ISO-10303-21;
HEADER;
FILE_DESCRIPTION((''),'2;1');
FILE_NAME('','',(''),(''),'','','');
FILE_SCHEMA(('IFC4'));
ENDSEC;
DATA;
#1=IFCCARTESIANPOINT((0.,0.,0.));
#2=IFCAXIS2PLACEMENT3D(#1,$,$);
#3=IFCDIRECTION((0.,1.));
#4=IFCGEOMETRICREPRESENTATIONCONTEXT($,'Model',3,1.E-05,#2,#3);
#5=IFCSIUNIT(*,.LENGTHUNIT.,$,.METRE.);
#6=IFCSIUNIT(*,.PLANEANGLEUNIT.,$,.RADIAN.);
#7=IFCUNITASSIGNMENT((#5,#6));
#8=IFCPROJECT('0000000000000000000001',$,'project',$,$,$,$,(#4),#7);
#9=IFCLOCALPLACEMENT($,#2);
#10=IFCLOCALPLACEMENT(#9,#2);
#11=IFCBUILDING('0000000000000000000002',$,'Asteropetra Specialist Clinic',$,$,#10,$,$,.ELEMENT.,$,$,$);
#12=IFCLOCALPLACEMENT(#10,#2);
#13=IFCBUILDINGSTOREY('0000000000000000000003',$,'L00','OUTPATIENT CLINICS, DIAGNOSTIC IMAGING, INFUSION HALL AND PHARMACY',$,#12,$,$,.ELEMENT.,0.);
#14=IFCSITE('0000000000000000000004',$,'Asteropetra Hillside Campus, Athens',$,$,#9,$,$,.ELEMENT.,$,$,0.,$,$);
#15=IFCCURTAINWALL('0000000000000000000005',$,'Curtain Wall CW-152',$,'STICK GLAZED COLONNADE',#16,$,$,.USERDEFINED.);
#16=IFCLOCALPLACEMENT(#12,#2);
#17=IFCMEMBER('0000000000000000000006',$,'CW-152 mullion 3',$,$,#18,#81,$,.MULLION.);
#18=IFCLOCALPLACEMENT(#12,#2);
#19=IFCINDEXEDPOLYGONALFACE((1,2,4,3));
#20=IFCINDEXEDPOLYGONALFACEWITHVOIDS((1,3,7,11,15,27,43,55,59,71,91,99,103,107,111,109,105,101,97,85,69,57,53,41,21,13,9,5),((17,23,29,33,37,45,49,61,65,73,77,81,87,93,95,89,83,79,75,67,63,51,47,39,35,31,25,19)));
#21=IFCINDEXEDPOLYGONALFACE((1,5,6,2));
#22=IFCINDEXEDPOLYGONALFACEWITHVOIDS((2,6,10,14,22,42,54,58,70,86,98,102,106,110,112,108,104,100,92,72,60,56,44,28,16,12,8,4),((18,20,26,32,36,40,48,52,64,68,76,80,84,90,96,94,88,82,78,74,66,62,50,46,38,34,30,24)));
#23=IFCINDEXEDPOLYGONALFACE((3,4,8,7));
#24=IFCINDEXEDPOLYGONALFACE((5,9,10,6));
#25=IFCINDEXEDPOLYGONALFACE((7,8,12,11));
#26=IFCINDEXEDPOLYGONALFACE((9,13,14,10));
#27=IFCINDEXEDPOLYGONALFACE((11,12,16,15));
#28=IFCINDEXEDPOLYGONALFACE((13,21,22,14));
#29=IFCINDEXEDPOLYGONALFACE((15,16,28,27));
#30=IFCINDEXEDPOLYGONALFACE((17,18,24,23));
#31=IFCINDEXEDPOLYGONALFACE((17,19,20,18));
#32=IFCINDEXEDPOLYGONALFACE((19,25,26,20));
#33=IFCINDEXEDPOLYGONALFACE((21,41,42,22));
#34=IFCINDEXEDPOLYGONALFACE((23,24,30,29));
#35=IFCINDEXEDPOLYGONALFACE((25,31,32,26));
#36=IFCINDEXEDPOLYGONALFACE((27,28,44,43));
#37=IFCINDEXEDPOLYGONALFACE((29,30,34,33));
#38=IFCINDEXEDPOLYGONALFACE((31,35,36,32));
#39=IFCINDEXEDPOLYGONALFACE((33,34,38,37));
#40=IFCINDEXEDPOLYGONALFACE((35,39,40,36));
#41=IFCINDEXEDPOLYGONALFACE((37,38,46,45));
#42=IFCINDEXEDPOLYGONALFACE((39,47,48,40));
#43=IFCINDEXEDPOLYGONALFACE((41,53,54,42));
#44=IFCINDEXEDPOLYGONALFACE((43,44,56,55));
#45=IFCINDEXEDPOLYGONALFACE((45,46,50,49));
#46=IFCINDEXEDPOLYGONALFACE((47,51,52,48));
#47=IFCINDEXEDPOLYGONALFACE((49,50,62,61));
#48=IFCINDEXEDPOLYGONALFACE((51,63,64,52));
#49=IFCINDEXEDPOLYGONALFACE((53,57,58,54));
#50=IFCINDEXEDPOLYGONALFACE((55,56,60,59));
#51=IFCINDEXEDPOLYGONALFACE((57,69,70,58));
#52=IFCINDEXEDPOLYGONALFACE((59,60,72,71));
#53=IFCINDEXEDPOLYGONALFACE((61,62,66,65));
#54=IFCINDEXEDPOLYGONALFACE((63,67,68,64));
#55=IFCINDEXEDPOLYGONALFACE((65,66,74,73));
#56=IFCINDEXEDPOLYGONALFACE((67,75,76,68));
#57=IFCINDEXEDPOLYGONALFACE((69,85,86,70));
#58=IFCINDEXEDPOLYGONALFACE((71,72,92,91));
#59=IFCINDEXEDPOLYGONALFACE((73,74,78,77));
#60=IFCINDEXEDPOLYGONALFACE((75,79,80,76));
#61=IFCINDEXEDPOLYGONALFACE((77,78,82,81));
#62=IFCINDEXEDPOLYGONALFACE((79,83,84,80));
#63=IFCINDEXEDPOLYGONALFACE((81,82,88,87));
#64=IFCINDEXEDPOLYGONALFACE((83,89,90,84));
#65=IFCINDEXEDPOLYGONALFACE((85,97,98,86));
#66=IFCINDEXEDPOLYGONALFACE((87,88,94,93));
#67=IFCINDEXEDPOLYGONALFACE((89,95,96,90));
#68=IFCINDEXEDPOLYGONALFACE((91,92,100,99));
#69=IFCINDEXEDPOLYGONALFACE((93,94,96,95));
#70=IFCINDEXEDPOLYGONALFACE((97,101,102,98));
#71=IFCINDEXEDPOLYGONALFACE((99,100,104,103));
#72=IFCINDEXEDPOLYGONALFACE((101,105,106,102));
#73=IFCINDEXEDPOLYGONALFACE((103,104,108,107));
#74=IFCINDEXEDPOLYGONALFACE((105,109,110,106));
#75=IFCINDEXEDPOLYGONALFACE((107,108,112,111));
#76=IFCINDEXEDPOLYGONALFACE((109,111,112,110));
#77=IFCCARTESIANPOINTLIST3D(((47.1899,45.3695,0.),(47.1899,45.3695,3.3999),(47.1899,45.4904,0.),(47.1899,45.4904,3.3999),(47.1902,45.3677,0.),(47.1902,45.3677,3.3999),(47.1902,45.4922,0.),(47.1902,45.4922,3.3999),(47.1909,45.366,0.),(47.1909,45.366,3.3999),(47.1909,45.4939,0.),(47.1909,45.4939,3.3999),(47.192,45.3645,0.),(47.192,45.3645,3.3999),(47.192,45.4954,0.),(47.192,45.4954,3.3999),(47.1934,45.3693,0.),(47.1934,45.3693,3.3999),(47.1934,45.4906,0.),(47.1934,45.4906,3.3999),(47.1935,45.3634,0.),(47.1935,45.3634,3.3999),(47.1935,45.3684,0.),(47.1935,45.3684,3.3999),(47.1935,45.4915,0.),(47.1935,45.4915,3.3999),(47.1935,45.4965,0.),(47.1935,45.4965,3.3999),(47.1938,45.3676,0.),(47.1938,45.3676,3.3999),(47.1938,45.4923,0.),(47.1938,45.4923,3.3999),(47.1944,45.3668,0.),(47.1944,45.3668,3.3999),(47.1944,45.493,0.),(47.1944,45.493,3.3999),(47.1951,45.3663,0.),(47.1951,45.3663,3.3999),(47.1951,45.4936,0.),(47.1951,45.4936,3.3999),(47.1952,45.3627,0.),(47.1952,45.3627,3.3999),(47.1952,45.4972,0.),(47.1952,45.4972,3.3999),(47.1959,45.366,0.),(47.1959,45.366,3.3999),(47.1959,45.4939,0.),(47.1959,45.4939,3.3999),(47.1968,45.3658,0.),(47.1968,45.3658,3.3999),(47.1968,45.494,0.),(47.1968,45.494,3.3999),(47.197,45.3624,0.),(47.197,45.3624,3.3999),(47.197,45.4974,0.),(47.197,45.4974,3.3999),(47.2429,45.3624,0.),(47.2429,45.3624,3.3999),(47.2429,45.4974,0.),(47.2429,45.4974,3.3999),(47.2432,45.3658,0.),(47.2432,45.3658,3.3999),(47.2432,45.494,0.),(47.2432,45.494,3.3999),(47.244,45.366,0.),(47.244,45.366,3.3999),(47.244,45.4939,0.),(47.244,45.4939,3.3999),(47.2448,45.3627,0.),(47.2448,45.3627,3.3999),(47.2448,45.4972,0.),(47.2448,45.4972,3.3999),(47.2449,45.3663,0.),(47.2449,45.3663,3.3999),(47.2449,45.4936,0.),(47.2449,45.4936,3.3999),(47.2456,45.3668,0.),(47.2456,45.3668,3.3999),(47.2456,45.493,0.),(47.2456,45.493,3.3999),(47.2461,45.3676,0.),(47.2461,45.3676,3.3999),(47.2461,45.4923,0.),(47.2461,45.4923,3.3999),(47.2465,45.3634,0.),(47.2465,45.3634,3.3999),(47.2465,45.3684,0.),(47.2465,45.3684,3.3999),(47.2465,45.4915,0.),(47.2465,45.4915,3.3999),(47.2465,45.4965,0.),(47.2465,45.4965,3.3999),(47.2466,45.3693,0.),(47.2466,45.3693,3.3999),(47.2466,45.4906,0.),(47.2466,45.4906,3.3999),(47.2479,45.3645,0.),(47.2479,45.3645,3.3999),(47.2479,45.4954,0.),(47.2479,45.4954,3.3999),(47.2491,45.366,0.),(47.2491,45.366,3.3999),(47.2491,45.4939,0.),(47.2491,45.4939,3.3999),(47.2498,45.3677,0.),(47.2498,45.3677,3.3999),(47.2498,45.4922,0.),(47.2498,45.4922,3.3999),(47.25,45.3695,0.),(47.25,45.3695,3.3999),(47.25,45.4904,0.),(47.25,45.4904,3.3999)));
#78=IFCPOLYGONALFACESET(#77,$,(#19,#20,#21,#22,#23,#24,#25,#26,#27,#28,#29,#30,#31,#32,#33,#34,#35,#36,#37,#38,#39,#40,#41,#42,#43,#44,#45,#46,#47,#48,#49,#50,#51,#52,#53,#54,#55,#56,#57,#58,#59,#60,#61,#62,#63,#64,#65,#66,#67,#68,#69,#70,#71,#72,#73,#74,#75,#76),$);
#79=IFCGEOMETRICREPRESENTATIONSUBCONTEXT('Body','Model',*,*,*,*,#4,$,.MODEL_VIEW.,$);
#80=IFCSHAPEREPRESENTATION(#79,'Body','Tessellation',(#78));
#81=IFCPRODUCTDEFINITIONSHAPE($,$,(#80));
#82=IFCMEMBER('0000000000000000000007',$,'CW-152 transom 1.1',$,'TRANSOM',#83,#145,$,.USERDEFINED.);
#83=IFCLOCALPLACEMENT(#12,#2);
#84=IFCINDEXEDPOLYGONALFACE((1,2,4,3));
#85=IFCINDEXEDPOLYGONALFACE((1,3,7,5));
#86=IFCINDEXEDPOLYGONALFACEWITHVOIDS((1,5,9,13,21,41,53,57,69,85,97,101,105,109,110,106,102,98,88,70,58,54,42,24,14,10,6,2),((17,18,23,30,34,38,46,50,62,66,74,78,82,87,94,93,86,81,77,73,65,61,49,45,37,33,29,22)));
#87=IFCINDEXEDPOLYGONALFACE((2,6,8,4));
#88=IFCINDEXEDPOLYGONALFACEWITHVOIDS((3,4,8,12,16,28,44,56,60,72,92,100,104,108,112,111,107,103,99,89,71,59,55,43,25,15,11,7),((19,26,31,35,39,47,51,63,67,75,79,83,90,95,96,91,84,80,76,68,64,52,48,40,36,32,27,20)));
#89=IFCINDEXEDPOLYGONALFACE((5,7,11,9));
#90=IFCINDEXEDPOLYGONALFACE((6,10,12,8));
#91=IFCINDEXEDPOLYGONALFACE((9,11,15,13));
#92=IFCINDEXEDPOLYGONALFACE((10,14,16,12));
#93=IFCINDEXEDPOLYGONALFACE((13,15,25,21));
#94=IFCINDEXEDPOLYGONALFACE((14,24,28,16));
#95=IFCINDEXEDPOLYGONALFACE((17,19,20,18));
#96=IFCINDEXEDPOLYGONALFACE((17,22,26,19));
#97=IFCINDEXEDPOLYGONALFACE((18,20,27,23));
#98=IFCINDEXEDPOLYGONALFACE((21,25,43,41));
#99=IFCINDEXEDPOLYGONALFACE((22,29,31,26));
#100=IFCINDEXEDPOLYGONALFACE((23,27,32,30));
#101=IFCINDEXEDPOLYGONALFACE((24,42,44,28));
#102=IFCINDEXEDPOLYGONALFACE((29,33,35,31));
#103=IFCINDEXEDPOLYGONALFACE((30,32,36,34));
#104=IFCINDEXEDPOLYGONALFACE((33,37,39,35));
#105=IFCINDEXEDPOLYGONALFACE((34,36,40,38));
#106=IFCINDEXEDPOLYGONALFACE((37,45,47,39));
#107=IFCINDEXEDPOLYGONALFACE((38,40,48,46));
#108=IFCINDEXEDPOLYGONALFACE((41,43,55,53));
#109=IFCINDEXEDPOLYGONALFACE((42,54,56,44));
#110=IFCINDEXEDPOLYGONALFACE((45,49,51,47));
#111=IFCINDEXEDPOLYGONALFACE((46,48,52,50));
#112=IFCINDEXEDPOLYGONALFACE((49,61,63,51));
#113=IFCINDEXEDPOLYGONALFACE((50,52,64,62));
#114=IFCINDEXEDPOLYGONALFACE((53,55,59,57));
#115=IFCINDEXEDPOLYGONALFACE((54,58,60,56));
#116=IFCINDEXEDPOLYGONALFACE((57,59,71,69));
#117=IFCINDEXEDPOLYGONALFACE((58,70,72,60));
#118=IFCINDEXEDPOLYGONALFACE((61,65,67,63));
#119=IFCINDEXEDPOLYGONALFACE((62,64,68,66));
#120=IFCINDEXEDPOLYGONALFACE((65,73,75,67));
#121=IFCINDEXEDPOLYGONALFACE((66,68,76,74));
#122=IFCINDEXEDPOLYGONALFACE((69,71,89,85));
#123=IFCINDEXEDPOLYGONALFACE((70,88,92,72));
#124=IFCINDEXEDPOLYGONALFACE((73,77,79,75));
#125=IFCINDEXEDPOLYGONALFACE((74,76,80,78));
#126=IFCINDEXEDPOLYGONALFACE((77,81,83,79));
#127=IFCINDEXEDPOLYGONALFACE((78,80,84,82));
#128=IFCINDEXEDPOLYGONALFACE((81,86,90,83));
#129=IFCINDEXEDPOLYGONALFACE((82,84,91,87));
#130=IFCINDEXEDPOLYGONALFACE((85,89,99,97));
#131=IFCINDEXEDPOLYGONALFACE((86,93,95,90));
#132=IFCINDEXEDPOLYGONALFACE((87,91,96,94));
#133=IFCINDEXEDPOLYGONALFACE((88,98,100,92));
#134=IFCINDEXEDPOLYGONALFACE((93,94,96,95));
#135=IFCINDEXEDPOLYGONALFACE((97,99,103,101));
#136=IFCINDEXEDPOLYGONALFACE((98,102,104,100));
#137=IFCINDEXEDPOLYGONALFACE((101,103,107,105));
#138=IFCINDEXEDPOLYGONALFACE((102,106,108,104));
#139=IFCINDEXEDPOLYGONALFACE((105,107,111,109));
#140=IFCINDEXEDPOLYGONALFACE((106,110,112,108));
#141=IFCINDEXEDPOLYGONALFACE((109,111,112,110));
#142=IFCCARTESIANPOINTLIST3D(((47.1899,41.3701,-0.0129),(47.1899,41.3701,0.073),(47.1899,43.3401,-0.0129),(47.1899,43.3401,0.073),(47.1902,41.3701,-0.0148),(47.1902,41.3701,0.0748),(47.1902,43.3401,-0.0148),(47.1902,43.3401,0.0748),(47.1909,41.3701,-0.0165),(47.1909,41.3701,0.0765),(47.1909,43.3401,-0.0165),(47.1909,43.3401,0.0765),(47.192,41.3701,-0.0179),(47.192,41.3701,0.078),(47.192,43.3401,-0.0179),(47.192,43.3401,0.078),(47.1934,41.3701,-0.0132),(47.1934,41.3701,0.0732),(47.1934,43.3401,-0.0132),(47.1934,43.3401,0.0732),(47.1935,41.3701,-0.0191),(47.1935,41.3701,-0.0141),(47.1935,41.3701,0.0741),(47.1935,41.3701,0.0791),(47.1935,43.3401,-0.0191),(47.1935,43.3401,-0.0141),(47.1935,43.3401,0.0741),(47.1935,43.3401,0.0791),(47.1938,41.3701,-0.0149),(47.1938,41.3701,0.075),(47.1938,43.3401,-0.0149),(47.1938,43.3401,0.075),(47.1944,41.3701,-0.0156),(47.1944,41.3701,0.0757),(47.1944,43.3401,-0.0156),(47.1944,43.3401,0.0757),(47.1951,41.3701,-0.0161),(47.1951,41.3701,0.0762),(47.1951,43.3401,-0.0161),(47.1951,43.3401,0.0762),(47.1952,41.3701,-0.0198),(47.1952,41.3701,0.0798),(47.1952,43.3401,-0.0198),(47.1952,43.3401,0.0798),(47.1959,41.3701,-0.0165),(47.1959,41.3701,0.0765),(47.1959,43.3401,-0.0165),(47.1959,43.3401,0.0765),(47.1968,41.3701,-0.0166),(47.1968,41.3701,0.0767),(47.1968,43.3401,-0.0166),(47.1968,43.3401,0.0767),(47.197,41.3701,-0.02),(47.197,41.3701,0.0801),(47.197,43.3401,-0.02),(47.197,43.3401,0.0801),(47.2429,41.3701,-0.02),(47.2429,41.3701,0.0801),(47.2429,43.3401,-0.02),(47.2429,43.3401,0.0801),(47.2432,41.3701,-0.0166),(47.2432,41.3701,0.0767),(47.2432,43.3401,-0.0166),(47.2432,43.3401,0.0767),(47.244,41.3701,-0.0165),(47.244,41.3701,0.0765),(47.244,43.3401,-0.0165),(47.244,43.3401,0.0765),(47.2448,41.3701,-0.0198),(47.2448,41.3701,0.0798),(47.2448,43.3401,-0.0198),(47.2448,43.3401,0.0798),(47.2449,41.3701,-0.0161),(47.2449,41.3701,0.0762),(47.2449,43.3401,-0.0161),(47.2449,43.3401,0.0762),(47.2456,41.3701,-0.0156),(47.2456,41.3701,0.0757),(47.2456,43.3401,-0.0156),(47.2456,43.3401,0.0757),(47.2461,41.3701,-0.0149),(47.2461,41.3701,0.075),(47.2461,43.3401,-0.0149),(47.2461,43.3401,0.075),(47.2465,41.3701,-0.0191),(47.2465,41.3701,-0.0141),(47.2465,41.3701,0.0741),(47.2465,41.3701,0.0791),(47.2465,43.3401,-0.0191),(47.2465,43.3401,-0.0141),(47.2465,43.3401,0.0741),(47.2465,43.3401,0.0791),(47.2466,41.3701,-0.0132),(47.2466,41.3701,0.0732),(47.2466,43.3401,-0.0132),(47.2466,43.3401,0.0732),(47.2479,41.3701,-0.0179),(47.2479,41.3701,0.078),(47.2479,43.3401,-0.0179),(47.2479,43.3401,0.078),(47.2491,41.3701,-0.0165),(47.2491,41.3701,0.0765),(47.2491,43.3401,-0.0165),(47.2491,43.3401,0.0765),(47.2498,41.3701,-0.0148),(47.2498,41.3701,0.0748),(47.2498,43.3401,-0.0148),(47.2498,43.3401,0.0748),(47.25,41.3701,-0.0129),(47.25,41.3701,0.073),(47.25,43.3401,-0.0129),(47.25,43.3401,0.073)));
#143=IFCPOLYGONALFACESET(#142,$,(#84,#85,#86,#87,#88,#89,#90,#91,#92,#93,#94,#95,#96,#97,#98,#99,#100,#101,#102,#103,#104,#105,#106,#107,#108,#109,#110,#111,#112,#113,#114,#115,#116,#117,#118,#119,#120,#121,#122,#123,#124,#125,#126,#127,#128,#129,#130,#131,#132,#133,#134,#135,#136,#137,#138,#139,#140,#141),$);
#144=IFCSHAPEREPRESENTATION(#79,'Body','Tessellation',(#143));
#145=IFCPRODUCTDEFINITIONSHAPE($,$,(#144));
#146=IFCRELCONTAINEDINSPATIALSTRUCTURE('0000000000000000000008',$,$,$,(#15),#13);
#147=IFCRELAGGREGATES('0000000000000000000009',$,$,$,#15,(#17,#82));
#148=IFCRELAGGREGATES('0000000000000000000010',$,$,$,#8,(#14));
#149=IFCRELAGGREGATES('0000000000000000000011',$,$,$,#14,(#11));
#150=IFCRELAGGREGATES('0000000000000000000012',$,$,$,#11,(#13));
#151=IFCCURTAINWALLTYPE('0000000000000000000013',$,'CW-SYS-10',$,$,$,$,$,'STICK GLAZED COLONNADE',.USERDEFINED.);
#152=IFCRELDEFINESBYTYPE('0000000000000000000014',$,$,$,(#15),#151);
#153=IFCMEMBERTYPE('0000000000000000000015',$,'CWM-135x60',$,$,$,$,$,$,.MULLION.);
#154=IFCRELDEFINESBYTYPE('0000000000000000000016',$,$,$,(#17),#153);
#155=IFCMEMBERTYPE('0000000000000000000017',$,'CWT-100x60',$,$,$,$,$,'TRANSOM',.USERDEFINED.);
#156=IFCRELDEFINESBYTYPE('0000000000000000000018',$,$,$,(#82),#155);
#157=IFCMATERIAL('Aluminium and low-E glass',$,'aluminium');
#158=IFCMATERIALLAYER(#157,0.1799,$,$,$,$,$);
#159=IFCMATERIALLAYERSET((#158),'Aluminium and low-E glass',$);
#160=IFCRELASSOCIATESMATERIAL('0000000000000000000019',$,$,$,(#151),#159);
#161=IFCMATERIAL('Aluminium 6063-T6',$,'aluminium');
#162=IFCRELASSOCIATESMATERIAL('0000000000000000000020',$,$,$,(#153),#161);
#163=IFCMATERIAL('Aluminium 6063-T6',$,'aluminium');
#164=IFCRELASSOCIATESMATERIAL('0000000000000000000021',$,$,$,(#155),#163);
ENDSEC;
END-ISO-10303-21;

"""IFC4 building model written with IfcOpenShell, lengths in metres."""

from ifc_helpers import new_model, si_unit, direction, frame, origin, origin_2d, place, context, subcontext, project, spatial, hollow_rectangle, extrude, material, layer, layer_set, material_profile, profile_set, type_object, element, aggregate, save


model = new_model("IFC4")

# Units and contexts
model_context = context("Model", 3, precision=1e-05, world=origin(), true_north=direction((0.0, 1.0)))
body_context = subcontext(model_context, "Body", "Model", "MODEL_VIEW")
ifc_project = project(units=[si_unit("LENGTHUNIT", "METRE"), si_unit("PLANEANGLEUNIT", "RADIAN")], contexts=[model_context])

# Site, building, storey
site_placement = place(None, origin())
site = spatial("IfcSite", under=ifc_project, at=site_placement, Name="Asteropetra Hillside Campus, Athens", CompositionType="ELEMENT", RefElevation=0.0)
building_placement = place(site_placement, origin())
building = spatial("IfcBuilding", under=site, at=building_placement, Name="Asteropetra Specialist Clinic", CompositionType="ELEMENT")
storey_placement = place(building_placement, origin())
storey = spatial("IfcBuildingStorey", under=building, at=storey_placement, Name="L00", Description="OUTPATIENT CLINICS, DIAGNOSTIC IMAGING, INFUSION HALL AND PHARMACY", CompositionType="ELEMENT", Elevation=0.0)

# Curtain wall, members
ifc_material_1 = material(Name="Aluminium and low-E glass", Category="aluminium")
ifc_layer_1 = layer(ifc_material_1, 0.1799)
ifc_layer_set_1 = layer_set([ifc_layer_1], Name="Aluminium and low-E glass")
curtain_wall_type = type_object("IfcCurtainWallType", Name="CW-SYS-10", ElementType="STICK GLAZED COLONNADE", PredefinedType="USERDEFINED", material=ifc_layer_set_1)
curtain_wall_placement = place(storey_placement, origin())
curtain_wall = element("IfcCurtainWall", 1, at=curtain_wall_placement, inside=storey, type_object=curtain_wall_type, Name="Curtain Wall CW-152", ObjectType="STICK GLAZED COLONNADE", PredefinedType="USERDEFINED")
ifc_material_2 = material(Name="Aluminium 6063-T6", Category="aluminium")
ifc_material_profile_1 = material_profile(ifc_material_2, hollow_rectangle(XDim=0.0601, YDim=0.135, WallThickness=0.0034, InnerFilletRadius=0.0034, OuterFilletRadius=0.0071, at=origin_2d()), Name="MUL 135x60x3.5")
ifc_profile_set_1 = profile_set([ifc_material_profile_1], Name="Aluminium 6063-T6")
member_type_1 = type_object("IfcMemberType", Name="CWM-135x60", PredefinedType="MULLION", material=ifc_profile_set_1)
member_1_placement = place(storey_placement, frame((47.22, 45.4299, 0.0), z_axis=(0.0, 0.0, 1.0), x_axis=(-1.0, 0.0, 0.0)))
member_1 = element("IfcMember", 2, at=member_1_placement, type_object=member_type_1, Name="CW-152 mullion 3", PredefinedType="MULLION", context=body_context, shape_type="SweptSolid", body=[
    extrude(hollow_rectangle(XDim=0.0601, YDim=0.135, WallThickness=0.0034, InnerFilletRadius=0.0034, OuterFilletRadius=0.0071, at=origin_2d()), origin(), (0.0, 0.0, 1.0), 3.3999),
])
ifc_material_3 = material(Name="Aluminium 6063-T6", Category="aluminium")
ifc_material_profile_2 = material_profile(ifc_material_3, hollow_rectangle(XDim=0.0601, YDim=0.1001, WallThickness=0.0034, InnerFilletRadius=0.0034, OuterFilletRadius=0.0071, at=origin_2d()), Name="TRN 100x60x3.5")
ifc_profile_set_2 = profile_set([ifc_material_profile_2], Name="Aluminium 6063-T6")
member_type_2 = type_object("IfcMemberType", Name="CWT-100x60", ElementType="TRANSOM", PredefinedType="USERDEFINED", material=ifc_profile_set_2)
member_2_placement = place(storey_placement, frame((47.22, 41.3701, 0.03), z_axis=(0.0, 1.0, 0.0), x_axis=(-1.0, 0.0, 0.0)))
member_2 = element("IfcMember", 3, at=member_2_placement, type_object=member_type_2, Name="CW-152 transom 1.1", ObjectType="TRANSOM", PredefinedType="USERDEFINED", context=body_context, shape_type="SweptSolid", body=[
    extrude(hollow_rectangle(XDim=0.0601, YDim=0.1001, WallThickness=0.0034, InnerFilletRadius=0.0034, OuterFilletRadius=0.0071, at=origin_2d()), origin(), (0.0, 0.0, 1.0), 1.97),
])

aggregate(curtain_wall, [member_1, member_2])

save(model, "model.ifc")
